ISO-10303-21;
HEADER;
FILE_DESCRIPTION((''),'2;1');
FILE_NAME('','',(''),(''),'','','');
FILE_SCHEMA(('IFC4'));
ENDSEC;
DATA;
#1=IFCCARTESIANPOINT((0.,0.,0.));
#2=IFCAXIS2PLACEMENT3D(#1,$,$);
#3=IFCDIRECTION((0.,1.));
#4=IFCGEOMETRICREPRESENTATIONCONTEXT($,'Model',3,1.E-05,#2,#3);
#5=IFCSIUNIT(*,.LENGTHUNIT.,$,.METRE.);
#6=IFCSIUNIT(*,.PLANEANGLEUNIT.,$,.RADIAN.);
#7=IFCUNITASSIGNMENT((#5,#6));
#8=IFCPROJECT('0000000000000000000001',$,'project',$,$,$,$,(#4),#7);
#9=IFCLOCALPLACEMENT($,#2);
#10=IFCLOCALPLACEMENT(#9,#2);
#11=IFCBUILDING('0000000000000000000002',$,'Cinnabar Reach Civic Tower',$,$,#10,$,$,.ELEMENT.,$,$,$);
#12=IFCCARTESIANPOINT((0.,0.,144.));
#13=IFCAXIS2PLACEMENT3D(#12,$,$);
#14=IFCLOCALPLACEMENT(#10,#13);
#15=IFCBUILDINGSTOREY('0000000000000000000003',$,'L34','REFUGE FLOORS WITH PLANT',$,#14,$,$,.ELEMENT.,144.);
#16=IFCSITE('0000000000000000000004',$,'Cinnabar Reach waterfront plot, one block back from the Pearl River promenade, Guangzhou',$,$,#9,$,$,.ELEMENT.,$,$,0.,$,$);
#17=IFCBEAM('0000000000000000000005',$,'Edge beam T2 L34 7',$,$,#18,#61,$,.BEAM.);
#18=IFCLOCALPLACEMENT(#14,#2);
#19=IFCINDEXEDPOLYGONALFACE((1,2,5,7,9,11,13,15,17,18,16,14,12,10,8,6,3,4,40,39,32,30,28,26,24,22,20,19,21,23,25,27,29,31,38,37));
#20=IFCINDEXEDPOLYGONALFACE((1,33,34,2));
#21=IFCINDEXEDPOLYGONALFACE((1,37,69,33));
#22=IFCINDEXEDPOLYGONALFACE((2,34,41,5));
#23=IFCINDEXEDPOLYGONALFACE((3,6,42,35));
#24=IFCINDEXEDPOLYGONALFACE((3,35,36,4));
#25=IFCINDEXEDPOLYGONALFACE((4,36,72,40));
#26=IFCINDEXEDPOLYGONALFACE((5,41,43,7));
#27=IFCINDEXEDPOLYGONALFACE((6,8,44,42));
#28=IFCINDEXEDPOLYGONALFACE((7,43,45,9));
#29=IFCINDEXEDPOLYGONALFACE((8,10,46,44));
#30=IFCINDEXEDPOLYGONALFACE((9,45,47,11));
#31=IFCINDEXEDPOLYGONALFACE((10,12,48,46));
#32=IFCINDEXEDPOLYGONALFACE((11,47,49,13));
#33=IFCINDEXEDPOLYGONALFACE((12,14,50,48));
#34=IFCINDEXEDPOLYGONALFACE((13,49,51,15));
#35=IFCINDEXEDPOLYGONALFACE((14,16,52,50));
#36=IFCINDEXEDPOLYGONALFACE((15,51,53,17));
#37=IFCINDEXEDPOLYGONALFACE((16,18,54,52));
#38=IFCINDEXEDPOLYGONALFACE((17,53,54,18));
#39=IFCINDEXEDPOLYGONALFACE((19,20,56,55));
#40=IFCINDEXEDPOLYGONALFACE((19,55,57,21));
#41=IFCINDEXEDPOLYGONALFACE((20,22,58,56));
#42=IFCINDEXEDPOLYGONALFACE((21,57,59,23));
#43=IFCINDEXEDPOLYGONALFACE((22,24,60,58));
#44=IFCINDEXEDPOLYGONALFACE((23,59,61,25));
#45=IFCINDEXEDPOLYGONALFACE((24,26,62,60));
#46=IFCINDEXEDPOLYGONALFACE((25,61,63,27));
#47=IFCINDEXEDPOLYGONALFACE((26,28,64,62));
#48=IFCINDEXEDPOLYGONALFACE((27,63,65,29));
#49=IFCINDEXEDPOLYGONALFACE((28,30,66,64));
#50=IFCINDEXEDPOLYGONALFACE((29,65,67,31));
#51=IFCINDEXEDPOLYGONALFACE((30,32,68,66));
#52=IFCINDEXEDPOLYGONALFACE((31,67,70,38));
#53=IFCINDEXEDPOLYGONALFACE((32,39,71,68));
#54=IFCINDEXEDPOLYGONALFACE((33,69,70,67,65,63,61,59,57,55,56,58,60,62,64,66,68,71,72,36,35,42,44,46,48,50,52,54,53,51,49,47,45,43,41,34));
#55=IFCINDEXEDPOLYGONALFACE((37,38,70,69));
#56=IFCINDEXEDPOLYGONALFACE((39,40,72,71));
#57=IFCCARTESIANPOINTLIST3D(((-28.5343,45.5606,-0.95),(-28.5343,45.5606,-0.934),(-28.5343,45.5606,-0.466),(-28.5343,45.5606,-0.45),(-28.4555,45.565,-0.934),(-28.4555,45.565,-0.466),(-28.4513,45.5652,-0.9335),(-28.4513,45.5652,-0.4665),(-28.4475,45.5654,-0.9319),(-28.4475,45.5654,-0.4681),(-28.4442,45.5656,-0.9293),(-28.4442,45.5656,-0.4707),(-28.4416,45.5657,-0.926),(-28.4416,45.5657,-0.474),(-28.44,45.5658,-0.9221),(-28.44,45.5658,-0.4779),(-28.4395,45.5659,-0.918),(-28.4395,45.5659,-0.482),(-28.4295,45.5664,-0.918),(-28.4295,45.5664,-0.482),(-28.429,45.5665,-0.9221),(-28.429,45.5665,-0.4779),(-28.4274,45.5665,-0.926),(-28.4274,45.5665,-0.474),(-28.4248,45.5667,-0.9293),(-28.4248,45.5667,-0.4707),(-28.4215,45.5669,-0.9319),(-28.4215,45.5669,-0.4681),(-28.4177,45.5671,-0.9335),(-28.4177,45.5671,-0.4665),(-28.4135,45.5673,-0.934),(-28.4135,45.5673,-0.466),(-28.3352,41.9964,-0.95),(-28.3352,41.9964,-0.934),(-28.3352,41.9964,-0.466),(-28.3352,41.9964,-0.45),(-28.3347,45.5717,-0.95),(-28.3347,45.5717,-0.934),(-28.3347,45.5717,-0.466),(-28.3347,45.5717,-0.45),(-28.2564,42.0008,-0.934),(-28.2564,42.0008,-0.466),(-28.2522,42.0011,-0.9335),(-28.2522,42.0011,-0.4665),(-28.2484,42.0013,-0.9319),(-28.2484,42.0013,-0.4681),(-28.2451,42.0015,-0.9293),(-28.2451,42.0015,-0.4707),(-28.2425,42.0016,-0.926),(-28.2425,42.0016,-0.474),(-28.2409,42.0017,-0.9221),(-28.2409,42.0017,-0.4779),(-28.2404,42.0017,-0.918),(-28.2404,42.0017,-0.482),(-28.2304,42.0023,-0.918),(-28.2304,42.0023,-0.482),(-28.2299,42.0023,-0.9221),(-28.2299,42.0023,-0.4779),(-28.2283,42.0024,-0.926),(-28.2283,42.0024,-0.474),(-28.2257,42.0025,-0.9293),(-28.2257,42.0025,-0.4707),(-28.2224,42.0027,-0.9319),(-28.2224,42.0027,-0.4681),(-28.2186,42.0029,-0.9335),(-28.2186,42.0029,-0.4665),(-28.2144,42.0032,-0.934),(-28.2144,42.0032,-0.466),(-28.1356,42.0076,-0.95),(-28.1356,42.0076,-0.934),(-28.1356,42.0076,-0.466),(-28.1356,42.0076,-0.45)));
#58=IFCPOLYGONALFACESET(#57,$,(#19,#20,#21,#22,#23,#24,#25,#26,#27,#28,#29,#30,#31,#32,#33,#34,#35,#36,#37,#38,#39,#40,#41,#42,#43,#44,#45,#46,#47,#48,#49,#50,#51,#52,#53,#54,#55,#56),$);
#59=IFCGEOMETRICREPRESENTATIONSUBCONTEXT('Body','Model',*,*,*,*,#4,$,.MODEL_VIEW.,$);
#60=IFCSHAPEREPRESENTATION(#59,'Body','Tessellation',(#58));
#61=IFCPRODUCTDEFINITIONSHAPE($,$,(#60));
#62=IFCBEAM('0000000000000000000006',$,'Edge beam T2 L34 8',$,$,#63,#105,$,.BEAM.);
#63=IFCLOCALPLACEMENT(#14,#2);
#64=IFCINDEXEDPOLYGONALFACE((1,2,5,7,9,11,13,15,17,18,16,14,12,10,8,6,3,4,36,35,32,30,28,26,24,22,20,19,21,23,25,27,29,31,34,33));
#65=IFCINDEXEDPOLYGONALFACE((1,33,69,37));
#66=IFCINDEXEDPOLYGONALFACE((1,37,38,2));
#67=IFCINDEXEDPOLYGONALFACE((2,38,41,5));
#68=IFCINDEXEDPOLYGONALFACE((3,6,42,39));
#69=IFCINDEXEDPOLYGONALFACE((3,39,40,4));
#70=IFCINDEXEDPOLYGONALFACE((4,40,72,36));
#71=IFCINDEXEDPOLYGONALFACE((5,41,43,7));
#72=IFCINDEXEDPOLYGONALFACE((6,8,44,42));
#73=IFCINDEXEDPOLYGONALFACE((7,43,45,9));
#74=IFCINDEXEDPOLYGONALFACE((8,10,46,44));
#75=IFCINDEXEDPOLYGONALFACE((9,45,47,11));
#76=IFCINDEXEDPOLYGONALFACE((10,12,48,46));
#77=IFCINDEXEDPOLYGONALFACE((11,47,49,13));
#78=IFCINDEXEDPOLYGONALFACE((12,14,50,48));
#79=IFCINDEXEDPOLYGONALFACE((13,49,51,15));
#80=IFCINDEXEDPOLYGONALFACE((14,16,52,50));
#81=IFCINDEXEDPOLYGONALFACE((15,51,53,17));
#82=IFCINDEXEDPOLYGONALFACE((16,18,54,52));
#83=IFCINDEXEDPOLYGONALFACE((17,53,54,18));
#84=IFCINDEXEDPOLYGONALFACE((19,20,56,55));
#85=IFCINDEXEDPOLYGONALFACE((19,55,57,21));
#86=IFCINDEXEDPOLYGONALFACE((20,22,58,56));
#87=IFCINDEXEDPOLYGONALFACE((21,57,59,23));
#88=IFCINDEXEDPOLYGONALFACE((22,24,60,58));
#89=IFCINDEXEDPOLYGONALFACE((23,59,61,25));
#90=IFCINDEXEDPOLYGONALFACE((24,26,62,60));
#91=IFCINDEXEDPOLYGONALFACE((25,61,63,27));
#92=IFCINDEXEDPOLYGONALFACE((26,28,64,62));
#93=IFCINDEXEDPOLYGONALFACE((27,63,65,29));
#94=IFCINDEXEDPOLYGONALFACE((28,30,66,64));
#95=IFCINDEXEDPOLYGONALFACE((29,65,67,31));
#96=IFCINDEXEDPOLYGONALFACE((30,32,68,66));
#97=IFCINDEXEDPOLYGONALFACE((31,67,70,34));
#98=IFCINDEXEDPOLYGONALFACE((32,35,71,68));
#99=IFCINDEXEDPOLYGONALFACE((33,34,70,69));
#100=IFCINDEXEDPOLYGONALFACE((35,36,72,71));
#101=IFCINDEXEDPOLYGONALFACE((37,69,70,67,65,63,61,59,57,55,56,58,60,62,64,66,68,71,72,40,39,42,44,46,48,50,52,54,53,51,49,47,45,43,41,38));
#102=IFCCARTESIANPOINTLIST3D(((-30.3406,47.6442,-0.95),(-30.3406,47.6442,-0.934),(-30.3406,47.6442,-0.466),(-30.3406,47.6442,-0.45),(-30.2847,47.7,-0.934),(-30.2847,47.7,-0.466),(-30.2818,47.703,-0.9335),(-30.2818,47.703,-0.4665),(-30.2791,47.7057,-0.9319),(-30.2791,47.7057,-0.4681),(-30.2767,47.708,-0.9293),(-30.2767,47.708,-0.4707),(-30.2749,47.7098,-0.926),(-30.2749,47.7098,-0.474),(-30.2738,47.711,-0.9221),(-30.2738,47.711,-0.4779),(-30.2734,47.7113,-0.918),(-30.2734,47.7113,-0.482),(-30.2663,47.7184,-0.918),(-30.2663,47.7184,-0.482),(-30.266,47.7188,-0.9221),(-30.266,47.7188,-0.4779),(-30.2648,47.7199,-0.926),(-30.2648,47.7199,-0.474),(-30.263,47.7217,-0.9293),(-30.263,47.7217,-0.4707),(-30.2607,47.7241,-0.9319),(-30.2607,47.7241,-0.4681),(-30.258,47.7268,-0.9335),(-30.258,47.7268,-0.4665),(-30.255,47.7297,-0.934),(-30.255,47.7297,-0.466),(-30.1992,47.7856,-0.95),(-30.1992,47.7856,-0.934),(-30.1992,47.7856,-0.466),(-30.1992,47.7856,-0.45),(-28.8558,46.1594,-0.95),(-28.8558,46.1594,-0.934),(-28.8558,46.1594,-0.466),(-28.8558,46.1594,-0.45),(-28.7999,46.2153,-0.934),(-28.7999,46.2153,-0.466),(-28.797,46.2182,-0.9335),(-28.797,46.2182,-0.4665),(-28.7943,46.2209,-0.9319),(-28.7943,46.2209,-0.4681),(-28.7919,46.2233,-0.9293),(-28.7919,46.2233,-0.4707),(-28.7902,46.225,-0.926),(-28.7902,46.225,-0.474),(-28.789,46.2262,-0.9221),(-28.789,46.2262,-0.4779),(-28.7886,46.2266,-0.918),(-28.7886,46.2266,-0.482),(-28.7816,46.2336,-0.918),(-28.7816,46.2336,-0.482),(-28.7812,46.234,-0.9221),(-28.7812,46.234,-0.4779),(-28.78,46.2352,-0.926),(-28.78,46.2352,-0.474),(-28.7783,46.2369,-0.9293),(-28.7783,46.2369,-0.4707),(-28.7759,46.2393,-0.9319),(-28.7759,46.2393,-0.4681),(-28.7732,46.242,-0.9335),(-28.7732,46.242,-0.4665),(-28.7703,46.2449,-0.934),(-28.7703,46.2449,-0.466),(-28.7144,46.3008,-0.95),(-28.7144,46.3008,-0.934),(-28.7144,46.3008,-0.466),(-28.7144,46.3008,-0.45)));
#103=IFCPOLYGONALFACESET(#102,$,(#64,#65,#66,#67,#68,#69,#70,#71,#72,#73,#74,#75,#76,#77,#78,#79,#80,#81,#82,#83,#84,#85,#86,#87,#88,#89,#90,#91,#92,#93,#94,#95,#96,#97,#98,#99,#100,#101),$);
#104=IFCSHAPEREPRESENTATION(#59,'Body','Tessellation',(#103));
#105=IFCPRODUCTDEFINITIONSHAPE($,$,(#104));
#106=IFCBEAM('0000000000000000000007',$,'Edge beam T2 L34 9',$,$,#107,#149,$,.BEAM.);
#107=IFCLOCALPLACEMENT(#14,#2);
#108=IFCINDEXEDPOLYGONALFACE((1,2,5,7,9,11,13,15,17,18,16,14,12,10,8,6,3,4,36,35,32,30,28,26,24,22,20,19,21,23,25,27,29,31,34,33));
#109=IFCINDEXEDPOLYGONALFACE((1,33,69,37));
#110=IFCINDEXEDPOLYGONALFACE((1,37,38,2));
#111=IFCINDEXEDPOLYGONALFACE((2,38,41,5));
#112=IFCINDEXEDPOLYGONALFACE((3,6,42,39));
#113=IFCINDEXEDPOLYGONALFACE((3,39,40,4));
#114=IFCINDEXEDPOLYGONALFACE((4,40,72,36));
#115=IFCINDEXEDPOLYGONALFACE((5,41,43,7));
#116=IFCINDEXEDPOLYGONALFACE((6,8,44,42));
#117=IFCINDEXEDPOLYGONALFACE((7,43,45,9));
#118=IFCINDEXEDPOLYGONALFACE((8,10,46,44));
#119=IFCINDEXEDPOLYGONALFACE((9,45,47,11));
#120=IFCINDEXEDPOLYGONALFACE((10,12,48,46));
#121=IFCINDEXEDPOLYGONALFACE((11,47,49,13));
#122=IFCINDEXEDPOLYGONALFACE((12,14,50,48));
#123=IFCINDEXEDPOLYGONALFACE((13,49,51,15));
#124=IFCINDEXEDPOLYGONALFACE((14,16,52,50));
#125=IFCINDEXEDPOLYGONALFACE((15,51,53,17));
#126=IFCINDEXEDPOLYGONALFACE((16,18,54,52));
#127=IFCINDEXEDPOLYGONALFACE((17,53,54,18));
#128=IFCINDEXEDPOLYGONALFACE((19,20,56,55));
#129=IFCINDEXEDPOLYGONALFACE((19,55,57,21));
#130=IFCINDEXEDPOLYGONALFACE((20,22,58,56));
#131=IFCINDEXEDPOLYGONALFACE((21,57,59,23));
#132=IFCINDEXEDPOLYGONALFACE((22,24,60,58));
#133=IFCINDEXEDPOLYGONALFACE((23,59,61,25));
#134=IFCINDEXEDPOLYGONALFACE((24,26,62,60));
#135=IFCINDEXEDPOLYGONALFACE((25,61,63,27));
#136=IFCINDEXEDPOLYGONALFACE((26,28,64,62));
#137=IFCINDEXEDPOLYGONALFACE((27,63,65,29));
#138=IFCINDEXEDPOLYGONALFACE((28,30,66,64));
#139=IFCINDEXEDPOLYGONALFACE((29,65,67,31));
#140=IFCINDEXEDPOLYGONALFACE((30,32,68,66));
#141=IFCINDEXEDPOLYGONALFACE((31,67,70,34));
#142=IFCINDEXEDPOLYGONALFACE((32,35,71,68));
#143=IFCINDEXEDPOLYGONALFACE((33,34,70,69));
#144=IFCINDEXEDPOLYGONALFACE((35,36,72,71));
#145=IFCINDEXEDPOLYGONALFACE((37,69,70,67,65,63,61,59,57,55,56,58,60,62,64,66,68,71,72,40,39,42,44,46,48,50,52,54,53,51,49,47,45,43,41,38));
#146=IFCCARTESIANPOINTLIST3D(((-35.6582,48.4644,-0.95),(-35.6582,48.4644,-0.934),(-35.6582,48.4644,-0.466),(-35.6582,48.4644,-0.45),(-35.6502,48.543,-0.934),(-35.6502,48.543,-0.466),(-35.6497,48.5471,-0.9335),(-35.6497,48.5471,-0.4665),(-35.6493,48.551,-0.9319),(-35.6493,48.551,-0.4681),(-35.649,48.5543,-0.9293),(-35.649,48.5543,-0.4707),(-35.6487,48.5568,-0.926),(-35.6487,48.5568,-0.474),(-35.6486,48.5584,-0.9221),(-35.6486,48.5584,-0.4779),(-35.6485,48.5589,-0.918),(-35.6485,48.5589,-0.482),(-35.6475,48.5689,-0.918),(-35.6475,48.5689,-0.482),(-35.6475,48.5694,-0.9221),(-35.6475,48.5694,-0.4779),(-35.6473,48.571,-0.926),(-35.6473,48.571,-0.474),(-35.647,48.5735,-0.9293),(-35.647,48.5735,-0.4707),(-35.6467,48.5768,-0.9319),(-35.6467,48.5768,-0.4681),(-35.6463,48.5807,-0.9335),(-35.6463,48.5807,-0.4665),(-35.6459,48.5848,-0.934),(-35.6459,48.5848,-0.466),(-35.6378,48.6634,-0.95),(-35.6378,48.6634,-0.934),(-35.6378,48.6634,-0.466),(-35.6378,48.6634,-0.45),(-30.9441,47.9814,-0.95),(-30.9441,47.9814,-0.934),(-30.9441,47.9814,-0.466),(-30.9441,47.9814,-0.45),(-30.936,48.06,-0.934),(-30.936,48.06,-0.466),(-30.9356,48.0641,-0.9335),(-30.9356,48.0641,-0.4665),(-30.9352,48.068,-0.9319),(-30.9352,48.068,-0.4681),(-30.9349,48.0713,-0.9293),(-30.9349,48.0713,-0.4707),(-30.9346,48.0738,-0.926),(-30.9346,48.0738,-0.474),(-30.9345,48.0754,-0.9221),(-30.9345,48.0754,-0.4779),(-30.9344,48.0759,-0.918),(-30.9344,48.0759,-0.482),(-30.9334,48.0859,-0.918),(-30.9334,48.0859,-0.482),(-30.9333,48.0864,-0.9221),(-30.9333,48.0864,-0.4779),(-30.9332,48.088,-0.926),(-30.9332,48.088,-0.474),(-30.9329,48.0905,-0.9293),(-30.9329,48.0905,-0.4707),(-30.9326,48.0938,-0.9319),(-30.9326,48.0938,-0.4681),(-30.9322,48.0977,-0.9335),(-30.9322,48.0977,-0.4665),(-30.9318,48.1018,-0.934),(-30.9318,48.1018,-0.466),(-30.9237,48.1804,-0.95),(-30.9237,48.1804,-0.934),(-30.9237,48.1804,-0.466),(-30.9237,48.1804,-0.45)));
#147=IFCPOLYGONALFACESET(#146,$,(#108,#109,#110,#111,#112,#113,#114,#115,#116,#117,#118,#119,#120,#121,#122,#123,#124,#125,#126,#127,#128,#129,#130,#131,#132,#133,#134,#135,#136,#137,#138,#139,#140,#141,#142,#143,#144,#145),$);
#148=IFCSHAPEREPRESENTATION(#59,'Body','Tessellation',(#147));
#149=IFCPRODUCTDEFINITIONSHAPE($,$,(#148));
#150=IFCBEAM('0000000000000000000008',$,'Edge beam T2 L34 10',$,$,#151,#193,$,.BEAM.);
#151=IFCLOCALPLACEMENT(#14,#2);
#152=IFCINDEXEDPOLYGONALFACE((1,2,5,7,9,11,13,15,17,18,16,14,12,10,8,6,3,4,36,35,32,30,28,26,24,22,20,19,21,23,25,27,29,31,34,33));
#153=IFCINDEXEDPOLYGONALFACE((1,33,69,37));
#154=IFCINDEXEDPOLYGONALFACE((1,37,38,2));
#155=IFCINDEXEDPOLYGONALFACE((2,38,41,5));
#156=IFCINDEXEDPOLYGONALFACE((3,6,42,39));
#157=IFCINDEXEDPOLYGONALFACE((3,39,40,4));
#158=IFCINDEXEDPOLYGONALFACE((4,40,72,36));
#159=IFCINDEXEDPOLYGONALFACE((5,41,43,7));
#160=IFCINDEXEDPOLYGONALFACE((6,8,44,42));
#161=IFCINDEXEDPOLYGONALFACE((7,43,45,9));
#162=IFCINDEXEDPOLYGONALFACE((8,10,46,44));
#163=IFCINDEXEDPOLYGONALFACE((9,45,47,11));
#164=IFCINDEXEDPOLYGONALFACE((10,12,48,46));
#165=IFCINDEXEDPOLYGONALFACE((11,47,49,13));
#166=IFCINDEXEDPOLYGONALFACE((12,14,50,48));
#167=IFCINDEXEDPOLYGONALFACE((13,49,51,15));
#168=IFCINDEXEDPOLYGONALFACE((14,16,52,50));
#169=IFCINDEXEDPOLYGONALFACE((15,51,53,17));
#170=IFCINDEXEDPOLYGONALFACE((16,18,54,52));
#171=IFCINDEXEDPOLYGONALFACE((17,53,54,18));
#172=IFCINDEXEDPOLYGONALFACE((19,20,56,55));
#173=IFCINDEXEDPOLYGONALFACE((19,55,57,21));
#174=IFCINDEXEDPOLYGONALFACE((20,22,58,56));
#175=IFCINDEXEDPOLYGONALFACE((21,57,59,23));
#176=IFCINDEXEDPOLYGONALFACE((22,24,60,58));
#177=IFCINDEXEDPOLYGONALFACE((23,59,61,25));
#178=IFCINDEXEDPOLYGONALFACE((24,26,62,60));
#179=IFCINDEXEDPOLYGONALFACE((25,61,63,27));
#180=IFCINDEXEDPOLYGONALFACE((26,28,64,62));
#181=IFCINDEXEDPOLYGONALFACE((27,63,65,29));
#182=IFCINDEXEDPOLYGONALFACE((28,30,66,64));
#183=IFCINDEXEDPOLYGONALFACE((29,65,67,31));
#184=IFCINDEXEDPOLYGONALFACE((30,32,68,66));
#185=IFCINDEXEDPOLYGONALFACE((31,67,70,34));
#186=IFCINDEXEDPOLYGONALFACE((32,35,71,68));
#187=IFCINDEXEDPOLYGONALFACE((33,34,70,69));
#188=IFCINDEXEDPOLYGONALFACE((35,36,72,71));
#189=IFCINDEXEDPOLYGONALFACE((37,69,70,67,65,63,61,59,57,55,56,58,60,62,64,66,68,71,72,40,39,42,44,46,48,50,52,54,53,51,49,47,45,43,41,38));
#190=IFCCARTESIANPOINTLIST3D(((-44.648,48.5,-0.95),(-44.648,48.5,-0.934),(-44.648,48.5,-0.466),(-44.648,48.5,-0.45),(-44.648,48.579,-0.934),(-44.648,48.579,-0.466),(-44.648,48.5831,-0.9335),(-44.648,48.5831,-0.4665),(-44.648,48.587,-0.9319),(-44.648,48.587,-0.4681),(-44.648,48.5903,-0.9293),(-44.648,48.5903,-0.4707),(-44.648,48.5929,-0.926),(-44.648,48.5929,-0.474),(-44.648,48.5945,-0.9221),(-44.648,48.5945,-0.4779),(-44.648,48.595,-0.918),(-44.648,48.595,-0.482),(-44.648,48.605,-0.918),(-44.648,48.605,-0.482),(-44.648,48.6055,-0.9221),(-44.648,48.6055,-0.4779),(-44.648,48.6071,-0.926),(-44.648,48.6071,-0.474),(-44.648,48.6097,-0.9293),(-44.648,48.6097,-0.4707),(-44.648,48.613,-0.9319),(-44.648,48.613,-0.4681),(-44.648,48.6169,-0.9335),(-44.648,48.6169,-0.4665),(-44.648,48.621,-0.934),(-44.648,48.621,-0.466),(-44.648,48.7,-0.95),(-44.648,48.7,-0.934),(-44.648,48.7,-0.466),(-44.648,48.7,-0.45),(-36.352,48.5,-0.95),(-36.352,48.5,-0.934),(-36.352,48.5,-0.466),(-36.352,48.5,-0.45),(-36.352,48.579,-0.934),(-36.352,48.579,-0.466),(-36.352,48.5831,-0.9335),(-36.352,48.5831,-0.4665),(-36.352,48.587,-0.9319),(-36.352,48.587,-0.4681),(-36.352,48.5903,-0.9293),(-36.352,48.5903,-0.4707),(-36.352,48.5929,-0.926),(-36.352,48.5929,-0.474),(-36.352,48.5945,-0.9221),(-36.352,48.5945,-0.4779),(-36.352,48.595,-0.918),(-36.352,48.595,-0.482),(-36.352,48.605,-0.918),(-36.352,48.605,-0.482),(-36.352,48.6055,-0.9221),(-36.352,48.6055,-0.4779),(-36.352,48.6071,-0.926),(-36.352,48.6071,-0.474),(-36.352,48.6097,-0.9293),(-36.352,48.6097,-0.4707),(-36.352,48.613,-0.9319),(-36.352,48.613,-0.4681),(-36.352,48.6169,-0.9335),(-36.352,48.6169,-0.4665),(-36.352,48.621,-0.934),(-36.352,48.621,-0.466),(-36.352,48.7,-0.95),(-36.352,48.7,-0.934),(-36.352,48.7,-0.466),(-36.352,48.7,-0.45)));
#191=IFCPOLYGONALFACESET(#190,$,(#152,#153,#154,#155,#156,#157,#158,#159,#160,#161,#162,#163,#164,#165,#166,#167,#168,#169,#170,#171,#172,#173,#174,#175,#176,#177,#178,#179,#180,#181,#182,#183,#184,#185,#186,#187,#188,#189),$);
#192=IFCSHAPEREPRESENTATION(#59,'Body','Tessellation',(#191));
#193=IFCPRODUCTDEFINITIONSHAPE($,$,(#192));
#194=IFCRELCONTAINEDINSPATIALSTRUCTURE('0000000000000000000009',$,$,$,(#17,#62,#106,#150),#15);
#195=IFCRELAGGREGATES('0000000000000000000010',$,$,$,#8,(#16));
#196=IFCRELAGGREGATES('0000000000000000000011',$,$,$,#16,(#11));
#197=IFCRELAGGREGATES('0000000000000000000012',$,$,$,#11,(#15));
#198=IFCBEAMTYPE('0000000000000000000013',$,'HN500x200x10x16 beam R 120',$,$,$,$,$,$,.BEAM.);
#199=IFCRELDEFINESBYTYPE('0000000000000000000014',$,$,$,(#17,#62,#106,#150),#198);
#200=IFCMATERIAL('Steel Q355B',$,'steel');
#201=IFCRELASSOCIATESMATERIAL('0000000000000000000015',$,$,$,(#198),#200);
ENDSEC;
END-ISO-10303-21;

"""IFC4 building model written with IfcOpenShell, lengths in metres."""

from ifc_helpers import new_model, si_unit, direction, frame, origin, origin_2d, place, context, subcontext, project, spatial, i_section, extrude, material, material_profile, profile_set, type_object, element, save


model = new_model("IFC4")

# Units and contexts
model_context = context("Model", 3, precision=1e-05, world=origin(), true_north=direction((0.0, 1.0)))
body_context = subcontext(model_context, "Body", "Model", "MODEL_VIEW")
ifc_project = project(units=[si_unit("LENGTHUNIT", "METRE"), si_unit("PLANEANGLEUNIT", "RADIAN")], contexts=[model_context])

# Site, building, storey
site_placement = place(None, origin())
site = spatial("IfcSite", under=ifc_project, at=site_placement, Name="Cinnabar Reach waterfront plot, one block back from the Pearl River promenade, Guangzhou", CompositionType="ELEMENT", RefElevation=0.0)
building_placement = place(site_placement, origin())
building = spatial("IfcBuilding", under=site, at=building_placement, Name="Cinnabar Reach Civic Tower", CompositionType="ELEMENT")
storey_placement = place(building_placement, frame((0.0, 0.0, 144.0)))
storey = spatial("IfcBuildingStorey", under=building, at=storey_placement, Name="L34", Description="REFUGE FLOORS WITH PLANT", CompositionType="ELEMENT", Elevation=144.0)

# Beams
ifc_material_1 = material(Name="Steel Q355B", Category="steel")
ifc_material_profile_1 = material_profile(ifc_material_1, i_section(OverallWidth=0.2, OverallDepth=0.5, WebThickness=0.01, FlangeThickness=0.016, FilletRadius=0.016, at=origin_2d()), Name="HN500x200x10x16")
ifc_profile_set_1 = profile_set([ifc_material_profile_1], Name="Steel Q355B")
beam_type_1 = type_object("IfcBeamType", Name="HN500x200x10x16 beam R 120", PredefinedType="BEAM", material=ifc_profile_set_1)
beam_1_placement = place(storey_placement, frame((-28.2354, 42.002, -0.7), z_axis=(-0.055776, 0.998443, 0.0), x_axis=(-0.998443, -0.055776, 0.0)))
element("IfcBeam", 1, at=beam_1_placement, inside=storey, type_object=beam_type_1, Name="Edge beam T2 L34 7", PredefinedType="BEAM", context=body_context, shape_type="SweptSolid", body=[
    extrude(i_section(OverallWidth=0.2, OverallDepth=0.5, WebThickness=0.01, FlangeThickness=0.016, FilletRadius=0.016, at=origin_2d()), origin(), (0.0, 0.0, 1.0), 3.5697),
])
beam_2_placement = place(storey_placement, frame((-28.7851, 46.2301, -0.7), z_axis=(-0.707107, 0.707107, 0.0), x_axis=(-0.707107, -0.707107, 0.0)))
element("IfcBeam", 2, at=beam_2_placement, inside=storey, type_object=beam_type_1, Name="Edge beam T2 L34 8", PredefinedType="BEAM", context=body_context, shape_type="SweptSolid", body=[
    extrude(i_section(OverallWidth=0.2, OverallDepth=0.5, WebThickness=0.01, FlangeThickness=0.016, FilletRadius=0.016, at=origin_2d()), origin(), (0.0, 0.0, 1.0), 2.0998),
])
beam_3_placement = place(storey_placement, frame((-30.9339, 48.0809, -0.7), z_axis=(-0.994792, 0.101925, 0.0), x_axis=(-0.101925, -0.994792, 0.0)))
element("IfcBeam", 3, at=beam_3_placement, inside=storey, type_object=beam_type_1, Name="Edge beam T2 L34 9", PredefinedType="BEAM", context=body_context, shape_type="SweptSolid", body=[
    extrude(i_section(OverallWidth=0.2, OverallDepth=0.5, WebThickness=0.01, FlangeThickness=0.016, FilletRadius=0.016, at=origin_2d()), origin(), (0.0, 0.0, 1.0), 4.7388),
])
beam_4_placement = place(storey_placement, frame((-36.352, 48.6, -0.7), z_axis=(-1.0, 0.0, 0.0), x_axis=(0.0, -1.0, 0.0)))
element("IfcBeam", 4, at=beam_4_placement, inside=storey, type_object=beam_type_1, Name="Edge beam T2 L34 10", PredefinedType="BEAM", context=body_context, shape_type="SweptSolid", body=[
    extrude(i_section(OverallWidth=0.2, OverallDepth=0.5, WebThickness=0.01, FlangeThickness=0.016, FilletRadius=0.016, at=origin_2d()), origin(), (0.0, 0.0, 1.0), 8.296),
])

save(model, "model.ifc")
